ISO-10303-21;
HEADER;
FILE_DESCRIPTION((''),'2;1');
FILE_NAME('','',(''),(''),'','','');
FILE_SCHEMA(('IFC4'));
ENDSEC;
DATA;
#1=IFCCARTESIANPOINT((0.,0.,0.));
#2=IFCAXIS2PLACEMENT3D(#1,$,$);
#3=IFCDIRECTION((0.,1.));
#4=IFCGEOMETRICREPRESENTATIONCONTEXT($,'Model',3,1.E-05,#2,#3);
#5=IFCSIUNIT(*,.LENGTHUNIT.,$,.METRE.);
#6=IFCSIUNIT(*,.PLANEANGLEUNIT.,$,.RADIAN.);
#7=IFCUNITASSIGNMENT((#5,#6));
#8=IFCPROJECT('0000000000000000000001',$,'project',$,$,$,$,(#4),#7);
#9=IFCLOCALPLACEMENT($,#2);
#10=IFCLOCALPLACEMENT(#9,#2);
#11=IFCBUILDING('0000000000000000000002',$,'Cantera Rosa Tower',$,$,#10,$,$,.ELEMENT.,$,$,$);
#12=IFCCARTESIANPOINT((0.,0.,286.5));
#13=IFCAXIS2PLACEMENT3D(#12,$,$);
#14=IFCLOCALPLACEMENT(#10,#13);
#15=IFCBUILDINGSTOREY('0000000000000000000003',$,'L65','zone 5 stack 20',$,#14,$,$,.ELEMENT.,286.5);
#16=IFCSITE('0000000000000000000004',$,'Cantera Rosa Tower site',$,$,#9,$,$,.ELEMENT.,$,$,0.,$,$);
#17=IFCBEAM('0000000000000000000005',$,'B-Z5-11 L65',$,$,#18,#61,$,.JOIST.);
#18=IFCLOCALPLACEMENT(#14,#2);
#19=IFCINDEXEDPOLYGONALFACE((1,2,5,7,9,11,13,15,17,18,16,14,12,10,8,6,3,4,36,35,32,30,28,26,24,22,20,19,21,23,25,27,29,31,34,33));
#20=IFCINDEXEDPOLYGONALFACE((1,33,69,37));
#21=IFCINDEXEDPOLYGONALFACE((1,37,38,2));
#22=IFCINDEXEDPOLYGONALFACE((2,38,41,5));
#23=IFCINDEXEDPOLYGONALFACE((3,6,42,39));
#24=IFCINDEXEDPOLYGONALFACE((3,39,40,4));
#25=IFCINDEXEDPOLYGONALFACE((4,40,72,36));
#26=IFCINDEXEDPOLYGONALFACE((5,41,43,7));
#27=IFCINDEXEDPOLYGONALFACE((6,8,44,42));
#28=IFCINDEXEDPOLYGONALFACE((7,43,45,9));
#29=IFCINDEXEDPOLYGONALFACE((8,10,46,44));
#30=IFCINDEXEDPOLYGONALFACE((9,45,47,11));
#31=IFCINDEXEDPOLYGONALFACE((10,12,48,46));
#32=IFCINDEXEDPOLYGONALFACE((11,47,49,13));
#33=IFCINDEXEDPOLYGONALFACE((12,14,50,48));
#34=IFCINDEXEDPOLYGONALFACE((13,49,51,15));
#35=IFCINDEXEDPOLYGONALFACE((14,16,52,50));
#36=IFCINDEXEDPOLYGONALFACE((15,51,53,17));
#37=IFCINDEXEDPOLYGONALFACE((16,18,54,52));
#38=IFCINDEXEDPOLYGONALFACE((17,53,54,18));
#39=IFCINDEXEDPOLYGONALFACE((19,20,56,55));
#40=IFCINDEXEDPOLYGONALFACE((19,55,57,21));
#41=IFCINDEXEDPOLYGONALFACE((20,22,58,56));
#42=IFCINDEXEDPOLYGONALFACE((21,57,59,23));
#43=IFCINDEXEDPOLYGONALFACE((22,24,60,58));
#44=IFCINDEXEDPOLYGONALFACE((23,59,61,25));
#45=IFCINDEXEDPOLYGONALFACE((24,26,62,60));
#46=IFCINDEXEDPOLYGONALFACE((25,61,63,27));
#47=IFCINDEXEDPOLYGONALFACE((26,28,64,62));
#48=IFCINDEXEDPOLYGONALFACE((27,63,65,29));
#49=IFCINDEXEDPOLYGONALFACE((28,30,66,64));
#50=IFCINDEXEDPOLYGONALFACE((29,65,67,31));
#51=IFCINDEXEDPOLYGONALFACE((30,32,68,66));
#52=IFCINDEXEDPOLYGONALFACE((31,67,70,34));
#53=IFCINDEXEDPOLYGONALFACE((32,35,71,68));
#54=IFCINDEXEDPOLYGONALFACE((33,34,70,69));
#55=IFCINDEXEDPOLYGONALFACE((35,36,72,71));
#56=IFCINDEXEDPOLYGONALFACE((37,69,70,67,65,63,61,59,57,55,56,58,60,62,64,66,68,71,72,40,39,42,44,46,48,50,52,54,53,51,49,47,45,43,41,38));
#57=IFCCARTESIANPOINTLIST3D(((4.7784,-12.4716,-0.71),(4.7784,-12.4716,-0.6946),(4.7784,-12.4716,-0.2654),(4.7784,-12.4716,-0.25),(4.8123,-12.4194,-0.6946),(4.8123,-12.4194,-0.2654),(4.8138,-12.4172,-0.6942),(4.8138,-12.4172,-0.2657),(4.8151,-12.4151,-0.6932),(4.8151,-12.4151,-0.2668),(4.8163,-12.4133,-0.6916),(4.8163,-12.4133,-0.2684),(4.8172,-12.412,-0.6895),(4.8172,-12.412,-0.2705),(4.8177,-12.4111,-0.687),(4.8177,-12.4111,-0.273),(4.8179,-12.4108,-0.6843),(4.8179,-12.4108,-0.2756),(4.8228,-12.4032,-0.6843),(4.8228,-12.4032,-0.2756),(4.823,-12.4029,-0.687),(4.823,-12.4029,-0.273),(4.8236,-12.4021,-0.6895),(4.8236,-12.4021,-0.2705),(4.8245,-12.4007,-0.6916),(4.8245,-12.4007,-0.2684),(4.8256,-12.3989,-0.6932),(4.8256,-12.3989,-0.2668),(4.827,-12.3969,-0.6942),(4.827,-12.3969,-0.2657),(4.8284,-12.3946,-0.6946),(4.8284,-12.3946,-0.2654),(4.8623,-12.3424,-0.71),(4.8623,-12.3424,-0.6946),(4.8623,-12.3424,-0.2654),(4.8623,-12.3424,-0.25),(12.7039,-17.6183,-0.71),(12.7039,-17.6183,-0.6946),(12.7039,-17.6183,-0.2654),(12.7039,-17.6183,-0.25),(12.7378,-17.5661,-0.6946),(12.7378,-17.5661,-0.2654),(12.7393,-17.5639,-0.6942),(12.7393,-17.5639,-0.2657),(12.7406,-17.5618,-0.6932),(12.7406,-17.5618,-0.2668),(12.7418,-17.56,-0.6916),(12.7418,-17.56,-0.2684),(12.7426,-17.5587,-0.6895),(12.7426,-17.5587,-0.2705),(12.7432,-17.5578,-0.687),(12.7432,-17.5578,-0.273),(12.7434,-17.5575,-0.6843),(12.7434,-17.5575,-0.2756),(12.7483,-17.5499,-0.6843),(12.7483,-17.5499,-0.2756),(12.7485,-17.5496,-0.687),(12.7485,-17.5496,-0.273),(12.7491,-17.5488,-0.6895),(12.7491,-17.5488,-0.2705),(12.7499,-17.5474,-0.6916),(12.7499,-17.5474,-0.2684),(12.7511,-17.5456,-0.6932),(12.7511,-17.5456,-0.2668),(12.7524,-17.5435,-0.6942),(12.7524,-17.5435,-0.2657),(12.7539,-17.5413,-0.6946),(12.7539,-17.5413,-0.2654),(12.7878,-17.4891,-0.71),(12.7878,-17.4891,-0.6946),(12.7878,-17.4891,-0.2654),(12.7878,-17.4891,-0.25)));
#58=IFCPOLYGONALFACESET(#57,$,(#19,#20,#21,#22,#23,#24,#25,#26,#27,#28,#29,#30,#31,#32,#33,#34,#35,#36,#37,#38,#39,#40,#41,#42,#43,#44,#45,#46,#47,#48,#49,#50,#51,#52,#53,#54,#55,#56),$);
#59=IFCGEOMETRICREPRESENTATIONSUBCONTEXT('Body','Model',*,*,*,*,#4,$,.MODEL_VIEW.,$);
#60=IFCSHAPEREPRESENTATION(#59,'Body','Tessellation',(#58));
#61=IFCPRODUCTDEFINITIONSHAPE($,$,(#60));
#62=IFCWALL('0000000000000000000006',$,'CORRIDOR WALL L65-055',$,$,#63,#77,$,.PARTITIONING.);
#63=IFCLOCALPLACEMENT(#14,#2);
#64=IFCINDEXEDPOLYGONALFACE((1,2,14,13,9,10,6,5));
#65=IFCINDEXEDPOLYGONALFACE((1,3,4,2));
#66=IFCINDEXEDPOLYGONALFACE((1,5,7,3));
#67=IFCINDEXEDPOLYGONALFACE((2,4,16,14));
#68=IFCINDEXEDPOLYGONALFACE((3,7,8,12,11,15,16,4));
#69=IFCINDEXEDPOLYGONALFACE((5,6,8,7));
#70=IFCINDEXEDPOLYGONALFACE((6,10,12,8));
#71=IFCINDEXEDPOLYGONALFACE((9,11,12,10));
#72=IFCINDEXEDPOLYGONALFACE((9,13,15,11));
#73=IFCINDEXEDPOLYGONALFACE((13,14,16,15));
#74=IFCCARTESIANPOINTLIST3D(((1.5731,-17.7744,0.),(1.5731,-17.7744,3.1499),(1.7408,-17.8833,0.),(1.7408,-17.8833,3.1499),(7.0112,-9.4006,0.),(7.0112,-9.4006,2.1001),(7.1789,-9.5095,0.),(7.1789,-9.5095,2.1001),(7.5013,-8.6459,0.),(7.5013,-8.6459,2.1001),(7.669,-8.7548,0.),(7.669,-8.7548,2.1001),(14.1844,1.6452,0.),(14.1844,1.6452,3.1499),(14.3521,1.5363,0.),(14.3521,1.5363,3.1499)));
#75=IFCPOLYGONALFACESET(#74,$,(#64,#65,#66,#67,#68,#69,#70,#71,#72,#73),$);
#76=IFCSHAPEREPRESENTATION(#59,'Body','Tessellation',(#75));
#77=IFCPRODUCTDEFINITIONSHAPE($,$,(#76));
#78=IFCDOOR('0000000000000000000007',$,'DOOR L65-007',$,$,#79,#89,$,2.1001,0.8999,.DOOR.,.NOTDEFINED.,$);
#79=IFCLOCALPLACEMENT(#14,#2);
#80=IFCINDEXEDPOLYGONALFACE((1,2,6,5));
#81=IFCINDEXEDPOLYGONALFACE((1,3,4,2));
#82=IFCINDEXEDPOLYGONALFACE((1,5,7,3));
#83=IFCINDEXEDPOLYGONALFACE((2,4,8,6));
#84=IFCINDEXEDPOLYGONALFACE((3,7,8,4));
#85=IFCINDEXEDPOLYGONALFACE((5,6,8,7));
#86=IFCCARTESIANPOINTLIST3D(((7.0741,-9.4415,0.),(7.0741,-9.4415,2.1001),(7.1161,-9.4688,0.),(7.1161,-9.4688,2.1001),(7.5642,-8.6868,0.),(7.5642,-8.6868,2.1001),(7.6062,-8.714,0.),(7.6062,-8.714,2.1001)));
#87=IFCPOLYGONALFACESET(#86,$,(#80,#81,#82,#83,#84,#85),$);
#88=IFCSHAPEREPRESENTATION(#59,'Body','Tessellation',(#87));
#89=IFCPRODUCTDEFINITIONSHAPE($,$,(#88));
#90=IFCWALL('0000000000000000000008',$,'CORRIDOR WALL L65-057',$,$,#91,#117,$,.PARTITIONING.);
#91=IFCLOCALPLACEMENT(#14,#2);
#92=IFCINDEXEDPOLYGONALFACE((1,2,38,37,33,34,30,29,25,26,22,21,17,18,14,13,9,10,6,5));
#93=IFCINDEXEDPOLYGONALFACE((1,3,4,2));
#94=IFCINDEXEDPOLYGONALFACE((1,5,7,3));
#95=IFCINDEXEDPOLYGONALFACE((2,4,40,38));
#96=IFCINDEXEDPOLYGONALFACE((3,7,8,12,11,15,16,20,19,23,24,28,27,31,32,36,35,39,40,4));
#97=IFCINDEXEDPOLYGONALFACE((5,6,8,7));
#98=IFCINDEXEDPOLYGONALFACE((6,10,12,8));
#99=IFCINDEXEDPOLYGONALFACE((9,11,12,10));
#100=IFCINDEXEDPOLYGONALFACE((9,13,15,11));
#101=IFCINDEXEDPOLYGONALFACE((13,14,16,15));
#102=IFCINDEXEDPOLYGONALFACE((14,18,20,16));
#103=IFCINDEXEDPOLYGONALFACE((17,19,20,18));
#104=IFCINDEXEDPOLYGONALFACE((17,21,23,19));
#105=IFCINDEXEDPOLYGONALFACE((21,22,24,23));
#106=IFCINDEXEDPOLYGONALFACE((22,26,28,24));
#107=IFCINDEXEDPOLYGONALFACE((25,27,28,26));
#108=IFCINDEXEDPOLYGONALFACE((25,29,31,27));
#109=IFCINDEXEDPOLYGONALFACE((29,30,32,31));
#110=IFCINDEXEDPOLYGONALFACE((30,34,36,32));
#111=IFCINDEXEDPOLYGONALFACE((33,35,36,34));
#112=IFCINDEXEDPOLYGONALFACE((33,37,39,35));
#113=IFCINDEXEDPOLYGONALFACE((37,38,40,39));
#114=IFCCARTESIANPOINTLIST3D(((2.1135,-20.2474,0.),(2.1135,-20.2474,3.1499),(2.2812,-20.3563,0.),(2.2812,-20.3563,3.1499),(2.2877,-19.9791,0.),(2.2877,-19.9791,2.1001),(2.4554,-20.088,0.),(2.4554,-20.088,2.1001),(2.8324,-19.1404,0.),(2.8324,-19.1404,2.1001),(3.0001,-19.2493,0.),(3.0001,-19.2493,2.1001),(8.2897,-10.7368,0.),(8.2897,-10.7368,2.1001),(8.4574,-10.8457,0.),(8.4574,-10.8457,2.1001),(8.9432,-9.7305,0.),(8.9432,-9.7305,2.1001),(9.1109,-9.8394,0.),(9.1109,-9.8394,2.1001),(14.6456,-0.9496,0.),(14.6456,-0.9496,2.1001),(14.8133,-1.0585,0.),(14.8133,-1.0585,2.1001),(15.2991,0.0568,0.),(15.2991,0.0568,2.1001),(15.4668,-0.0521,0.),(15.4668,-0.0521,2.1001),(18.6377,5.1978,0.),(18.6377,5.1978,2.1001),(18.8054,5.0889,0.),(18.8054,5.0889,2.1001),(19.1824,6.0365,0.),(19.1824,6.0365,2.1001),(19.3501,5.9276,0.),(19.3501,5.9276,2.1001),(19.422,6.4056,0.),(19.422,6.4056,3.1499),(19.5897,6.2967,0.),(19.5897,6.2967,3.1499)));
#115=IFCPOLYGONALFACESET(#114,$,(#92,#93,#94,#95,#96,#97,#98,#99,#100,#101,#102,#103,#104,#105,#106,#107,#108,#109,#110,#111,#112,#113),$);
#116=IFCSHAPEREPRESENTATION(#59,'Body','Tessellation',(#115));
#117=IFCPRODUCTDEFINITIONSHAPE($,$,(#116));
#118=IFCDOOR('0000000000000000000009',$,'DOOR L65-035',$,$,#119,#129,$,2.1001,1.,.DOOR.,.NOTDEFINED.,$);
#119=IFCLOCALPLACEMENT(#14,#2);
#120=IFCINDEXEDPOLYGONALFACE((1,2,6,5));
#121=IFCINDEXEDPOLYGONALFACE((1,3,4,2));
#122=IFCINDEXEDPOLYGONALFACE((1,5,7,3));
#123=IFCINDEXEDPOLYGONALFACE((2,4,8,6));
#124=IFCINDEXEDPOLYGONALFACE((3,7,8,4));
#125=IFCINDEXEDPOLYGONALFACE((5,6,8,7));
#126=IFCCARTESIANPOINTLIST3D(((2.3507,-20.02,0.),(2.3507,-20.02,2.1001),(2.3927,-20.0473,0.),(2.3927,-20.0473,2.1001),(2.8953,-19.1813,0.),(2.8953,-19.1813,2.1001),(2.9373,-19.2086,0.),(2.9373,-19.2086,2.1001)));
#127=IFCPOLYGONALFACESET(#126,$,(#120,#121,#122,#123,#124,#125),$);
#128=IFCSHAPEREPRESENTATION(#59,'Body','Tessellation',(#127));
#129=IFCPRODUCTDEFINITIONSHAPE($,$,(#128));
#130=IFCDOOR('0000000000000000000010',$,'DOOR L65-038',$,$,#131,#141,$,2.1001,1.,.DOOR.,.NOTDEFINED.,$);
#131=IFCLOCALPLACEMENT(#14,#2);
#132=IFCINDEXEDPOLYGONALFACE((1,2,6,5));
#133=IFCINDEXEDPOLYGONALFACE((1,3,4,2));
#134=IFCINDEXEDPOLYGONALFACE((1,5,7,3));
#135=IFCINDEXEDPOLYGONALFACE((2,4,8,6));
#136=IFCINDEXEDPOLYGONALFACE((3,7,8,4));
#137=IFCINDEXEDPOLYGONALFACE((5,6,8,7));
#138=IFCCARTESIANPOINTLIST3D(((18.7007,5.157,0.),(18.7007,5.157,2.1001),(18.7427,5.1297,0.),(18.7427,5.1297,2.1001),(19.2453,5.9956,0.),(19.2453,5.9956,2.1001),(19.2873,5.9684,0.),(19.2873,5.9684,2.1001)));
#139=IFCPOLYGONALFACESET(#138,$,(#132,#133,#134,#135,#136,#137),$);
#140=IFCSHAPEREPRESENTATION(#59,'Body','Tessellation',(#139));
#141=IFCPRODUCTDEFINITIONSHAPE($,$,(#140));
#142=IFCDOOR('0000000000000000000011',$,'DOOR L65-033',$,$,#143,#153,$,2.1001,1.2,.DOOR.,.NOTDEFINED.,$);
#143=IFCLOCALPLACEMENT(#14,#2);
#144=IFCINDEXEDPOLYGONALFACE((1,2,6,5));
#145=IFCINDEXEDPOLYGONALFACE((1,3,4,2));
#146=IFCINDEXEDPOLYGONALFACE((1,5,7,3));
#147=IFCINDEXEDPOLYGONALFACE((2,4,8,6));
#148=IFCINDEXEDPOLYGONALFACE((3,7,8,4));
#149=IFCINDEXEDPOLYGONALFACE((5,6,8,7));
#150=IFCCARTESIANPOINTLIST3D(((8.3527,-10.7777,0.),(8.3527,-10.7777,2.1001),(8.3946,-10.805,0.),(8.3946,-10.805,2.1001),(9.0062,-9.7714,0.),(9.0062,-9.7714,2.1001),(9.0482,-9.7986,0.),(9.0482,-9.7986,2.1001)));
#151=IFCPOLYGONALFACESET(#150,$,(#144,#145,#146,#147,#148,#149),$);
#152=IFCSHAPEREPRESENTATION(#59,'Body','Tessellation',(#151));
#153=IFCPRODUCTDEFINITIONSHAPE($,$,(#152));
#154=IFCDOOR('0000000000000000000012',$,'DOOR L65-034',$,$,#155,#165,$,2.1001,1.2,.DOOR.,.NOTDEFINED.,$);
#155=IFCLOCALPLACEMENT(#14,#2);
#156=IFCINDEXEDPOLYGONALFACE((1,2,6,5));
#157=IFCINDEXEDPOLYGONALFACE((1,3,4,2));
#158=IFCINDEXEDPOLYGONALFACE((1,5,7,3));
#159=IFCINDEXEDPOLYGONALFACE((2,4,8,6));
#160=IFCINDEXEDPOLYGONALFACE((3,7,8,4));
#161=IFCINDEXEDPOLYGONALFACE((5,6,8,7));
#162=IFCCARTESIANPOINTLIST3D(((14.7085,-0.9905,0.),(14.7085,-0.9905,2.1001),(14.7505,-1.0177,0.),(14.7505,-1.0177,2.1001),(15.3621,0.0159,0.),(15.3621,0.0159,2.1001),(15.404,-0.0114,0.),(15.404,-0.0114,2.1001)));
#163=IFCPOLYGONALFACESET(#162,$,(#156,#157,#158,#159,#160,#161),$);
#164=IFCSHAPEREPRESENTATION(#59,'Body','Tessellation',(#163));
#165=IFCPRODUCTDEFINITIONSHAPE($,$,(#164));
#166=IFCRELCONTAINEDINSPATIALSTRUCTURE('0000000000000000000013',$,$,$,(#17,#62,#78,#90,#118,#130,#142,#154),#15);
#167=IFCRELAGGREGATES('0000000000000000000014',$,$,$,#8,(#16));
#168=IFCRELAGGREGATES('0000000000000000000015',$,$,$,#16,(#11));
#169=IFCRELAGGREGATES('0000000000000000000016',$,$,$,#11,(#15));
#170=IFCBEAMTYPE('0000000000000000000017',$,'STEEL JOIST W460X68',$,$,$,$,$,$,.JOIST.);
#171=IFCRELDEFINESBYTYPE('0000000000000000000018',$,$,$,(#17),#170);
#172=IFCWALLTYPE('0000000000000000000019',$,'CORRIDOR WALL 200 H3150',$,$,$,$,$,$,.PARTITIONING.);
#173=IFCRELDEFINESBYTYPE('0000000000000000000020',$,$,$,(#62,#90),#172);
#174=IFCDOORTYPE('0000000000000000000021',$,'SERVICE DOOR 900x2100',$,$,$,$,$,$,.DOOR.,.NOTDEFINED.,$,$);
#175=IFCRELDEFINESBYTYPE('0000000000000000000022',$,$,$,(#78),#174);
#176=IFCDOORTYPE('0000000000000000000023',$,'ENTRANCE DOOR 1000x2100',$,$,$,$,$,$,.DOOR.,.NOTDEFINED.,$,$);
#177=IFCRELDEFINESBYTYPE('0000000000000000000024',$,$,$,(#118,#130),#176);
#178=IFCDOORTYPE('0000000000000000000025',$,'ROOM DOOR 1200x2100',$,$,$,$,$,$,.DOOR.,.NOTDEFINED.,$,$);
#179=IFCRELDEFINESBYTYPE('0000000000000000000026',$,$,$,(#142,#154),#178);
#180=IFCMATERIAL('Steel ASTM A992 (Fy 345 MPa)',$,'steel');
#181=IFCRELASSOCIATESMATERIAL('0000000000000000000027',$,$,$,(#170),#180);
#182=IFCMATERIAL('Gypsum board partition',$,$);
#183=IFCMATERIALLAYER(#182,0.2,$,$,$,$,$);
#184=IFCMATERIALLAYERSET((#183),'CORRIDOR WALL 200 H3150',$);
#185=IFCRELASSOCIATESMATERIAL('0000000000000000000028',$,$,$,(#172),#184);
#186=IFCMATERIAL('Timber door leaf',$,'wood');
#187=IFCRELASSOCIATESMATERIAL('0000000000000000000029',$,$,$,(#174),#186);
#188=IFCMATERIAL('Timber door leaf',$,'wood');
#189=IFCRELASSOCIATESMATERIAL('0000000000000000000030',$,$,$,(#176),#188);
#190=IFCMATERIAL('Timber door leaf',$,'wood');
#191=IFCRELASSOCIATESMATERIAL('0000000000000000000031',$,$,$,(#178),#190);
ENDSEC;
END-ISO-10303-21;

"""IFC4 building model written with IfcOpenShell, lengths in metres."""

from ifc_helpers import new_model, si_unit, direction, frame, frame_2d, origin, origin_2d, place, context, subcontext, project, spatial, rectangle, i_section, extrude, material, layer, layer_set, material_profile, profile_set, type_object, element, fill, save


model = new_model("IFC4")

# Units and contexts
model_context = context("Model", 3, precision=1e-05, world=origin(), true_north=direction((0.0, 1.0)))
body_context = subcontext(model_context, "Body", "Model", "MODEL_VIEW")
ifc_project = project(units=[si_unit("LENGTHUNIT", "METRE"), si_unit("PLANEANGLEUNIT", "RADIAN")], contexts=[model_context])

# Site, building, storey
site_placement = place(None, origin())
site = spatial("IfcSite", under=ifc_project, at=site_placement, Name="Cantera Rosa Tower site", CompositionType="ELEMENT", RefElevation=0.0)
building_placement = place(site_placement, origin())
building = spatial("IfcBuilding", under=site, at=building_placement, Name="Cantera Rosa Tower", CompositionType="ELEMENT")
storey_placement = place(building_placement, frame((0.0, 0.0, 286.5)))
storey = spatial("IfcBuildingStorey", under=building, at=storey_placement, Name="L65", Description="zone 5 stack 20", CompositionType="ELEMENT", Elevation=286.5)

# Beam
ifc_material_1 = material(Name="Steel ASTM A992 (Fy 345 MPa)", Category="steel")
ifc_material_profile_1 = material_profile(ifc_material_1, i_section(OverallWidth=0.1541, OverallDepth=0.46, WebThickness=0.009, FlangeThickness=0.0154, FilletRadius=0.0103, at=origin_2d()), Name="W460X68")
ifc_profile_set_1 = profile_set([ifc_material_profile_1], Name="Steel ASTM A992 (Fy 345 MPa)")
beam_type_1 = type_object("IfcBeamType", Name="STEEL JOIST W460X68", PredefinedType="JOIST", material=ifc_profile_set_1)
beam_1_placement = place(storey_placement, frame((12.7458, -17.5537, -0.48), z_axis=(-0.838679, 0.544626, 0.0), x_axis=(-0.544626, -0.838679, 0.0)))
element("IfcBeam", 1, at=beam_1_placement, inside=storey, type_object=beam_type_1, Name="B-Z5-11 L65", PredefinedType="JOIST", context=body_context, shape_type="SweptSolid", body=[
    extrude(i_section(OverallWidth=0.1541, OverallDepth=0.46, WebThickness=0.009, FlangeThickness=0.0154, FilletRadius=0.0103, at=origin_2d()), origin(), (0.0, 0.0, 1.0), 9.45),
])

# Wall, opening, door
ifc_material_2 = material(Name="Gypsum board partition")
ifc_layer_1 = layer(ifc_material_2, 0.2)
ifc_layer_set_1 = layer_set([ifc_layer_1], Name="CORRIDOR WALL 200 H3150")
wall_type_1 = type_object("IfcWallType", Name="CORRIDOR WALL 200 H3150", PredefinedType="PARTITIONING", material=ifc_layer_set_1)
wall_1_placement = place(storey_placement, frame((1.657, -17.8289, 0.0), z_axis=(0.0, 0.0, 1.0), x_axis=(0.54464, 0.83867, 0.0)))
wall_1 = element("IfcWall", 2, at=wall_1_placement, inside=storey, type_object=wall_type_1, Name="CORRIDOR WALL L65-055", PredefinedType="PARTITIONING", context=body_context, shape_type="SweptSolid", body=[
    extrude(rectangle(XDim=23.1553, YDim=0.2, at=frame_2d((11.5776, 0.0))), origin(), (0.0, 0.0, 1.0), 3.1499),
])
opening_1_placement = place(wall_1_placement, frame((9.9846, 0.0, 0.0)))
opening_1 = element("IfcOpeningElement", 3, at=opening_1_placement, cuts=wall_1, PredefinedType="OPENING", context=body_context, shape_type="SweptSolid", body=[
    extrude(rectangle(XDim=0.8999, YDim=2.1001, at=frame_2d((0.45, 1.05))), frame((0.0, 0.1099, 0.0), z_axis=(0.0, -1.0, 0.0), x_axis=(1.0, 0.0, 0.0)), (0.0, 0.0, 1.0), 0.22),
])
ifc_material_3 = material(Name="Timber door leaf", Category="wood")
door_type_1 = type_object("IfcDoorType", Name="SERVICE DOOR 900x2100", OperationType="NOTDEFINED", PredefinedType="DOOR", material=ifc_material_3)
door_1_placement = place(opening_1_placement, origin())
door_1 = element("IfcDoor", 4, at=door_1_placement, inside=storey, type_object=door_type_1, Name="DOOR L65-007", OperationType="NOTDEFINED", OverallHeight=2.1001, OverallWidth=0.8999, PredefinedType="DOOR", context=body_context, shape_type="SweptSolid", body=[
    extrude(rectangle(XDim=0.8999, YDim=2.1001, at=frame_2d((0.45, 1.05))), frame((0.0, 0.0249, 0.0), z_axis=(0.0, -1.0, 0.0), x_axis=(1.0, 0.0, 0.0)), (0.0, 0.0, 1.0), 0.05),
])
fill(opening_1, door_1)

# Wall, openings, doors
wall_2_placement = place(storey_placement, frame((2.1973, -20.302, 0.0), z_axis=(0.0, 0.0, 1.0), x_axis=(0.544636, 0.838672, 0.0)))
wall_2 = element("IfcWall", 5, at=wall_2_placement, inside=storey, type_object=wall_type_1, Name="CORRIDOR WALL L65-057", PredefinedType="PARTITIONING", context=body_context, shape_type="SweptSolid", body=[
    extrude(rectangle(XDim=31.78, YDim=0.2, at=frame_2d((15.8901, 0.0))), origin(), (0.0, 0.0, 1.0), 3.1499),
])
opening_2_placement = place(wall_2_placement, frame((11.3401, 0.0, 0.0)))
opening_2 = element("IfcOpeningElement", 6, at=opening_2_placement, cuts=wall_2, PredefinedType="OPENING", context=body_context, shape_type="SweptSolid", body=[
    extrude(rectangle(XDim=1.2, YDim=2.1001, at=frame_2d((0.6001, 1.05))), frame((0.0, 0.1099, 0.0), z_axis=(0.0, -1.0, 0.0), x_axis=(1.0, 0.0, 0.0)), (0.0, 0.0, 1.0), 0.22),
])
opening_3_placement = place(wall_2_placement, frame((23.01, 0.0, 0.0)))
opening_3 = element("IfcOpeningElement", 7, at=opening_3_placement, cuts=wall_2, PredefinedType="OPENING", context=body_context, shape_type="SweptSolid", body=[
    extrude(rectangle(XDim=1.2, YDim=2.1001, at=frame_2d((0.6001, 1.05))), frame((0.0, 0.1099, 0.0), z_axis=(0.0, -1.0, 0.0), x_axis=(1.0, 0.0, 0.0)), (0.0, 0.0, 1.0), 0.22),
])
opening_4_placement = place(wall_2_placement, frame((0.3201, 0.0, 0.0)))
opening_4 = element("IfcOpeningElement", 8, at=opening_4_placement, cuts=wall_2, PredefinedType="OPENING", context=body_context, shape_type="SweptSolid", body=[
    extrude(rectangle(XDim=1.0, YDim=2.1001, at=frame_2d((0.5, 1.05))), frame((0.0, 0.1099, 0.0), z_axis=(0.0, -1.0, 0.0), x_axis=(1.0, 0.0, 0.0)), (0.0, 0.0, 1.0), 0.22),
])
opening_5_placement = place(wall_2_placement, frame((30.3401, 0.0, 0.0)))
opening_5 = element("IfcOpeningElement", 9, at=opening_5_placement, cuts=wall_2, PredefinedType="OPENING", context=body_context, shape_type="SweptSolid", body=[
    extrude(rectangle(XDim=1.0, YDim=2.1001, at=frame_2d((0.5, 1.05))), frame((0.0, 0.1099, 0.0), z_axis=(0.0, -1.0, 0.0), x_axis=(1.0, 0.0, 0.0)), (0.0, 0.0, 1.0), 0.22),
])
ifc_material_4 = material(Name="Timber door leaf", Category="wood")
door_type_2 = type_object("IfcDoorType", Name="ENTRANCE DOOR 1000x2100", OperationType="NOTDEFINED", PredefinedType="DOOR", material=ifc_material_4)
door_2_placement = place(opening_4_placement, origin())
door_2 = element("IfcDoor", 10, at=door_2_placement, inside=storey, type_object=door_type_2, Name="DOOR L65-035", OperationType="NOTDEFINED", OverallHeight=2.1001, OverallWidth=1.0, PredefinedType="DOOR", context=body_context, shape_type="SweptSolid", body=[
    extrude(rectangle(XDim=1.0, YDim=2.1001, at=frame_2d((0.5, 1.05))), frame((0.0, 0.0249, 0.0), z_axis=(0.0, -1.0, 0.0), x_axis=(1.0, 0.0, 0.0)), (0.0, 0.0, 1.0), 0.05),
])
fill(opening_4, door_2)
door_3_placement = place(opening_5_placement, origin())
door_3 = element("IfcDoor", 11, at=door_3_placement, inside=storey, type_object=door_type_2, Name="DOOR L65-038", OperationType="NOTDEFINED", OverallHeight=2.1001, OverallWidth=1.0, PredefinedType="DOOR", context=body_context, shape_type="SweptSolid", body=[
    extrude(rectangle(XDim=1.0, YDim=2.1001, at=frame_2d((0.5, 1.05))), frame((0.0, 0.0249, 0.0), z_axis=(0.0, -1.0, 0.0), x_axis=(1.0, 0.0, 0.0)), (0.0, 0.0, 1.0), 0.05),
])
fill(opening_5, door_3)
ifc_material_5 = material(Name="Timber door leaf", Category="wood")
door_type_3 = type_object("IfcDoorType", Name="ROOM DOOR 1200x2100", OperationType="NOTDEFINED", PredefinedType="DOOR", material=ifc_material_5)
door_4_placement = place(opening_2_placement, origin())
door_4 = element("IfcDoor", 12, at=door_4_placement, inside=storey, type_object=door_type_3, Name="DOOR L65-033", OperationType="NOTDEFINED", OverallHeight=2.1001, OverallWidth=1.2, PredefinedType="DOOR", context=body_context, shape_type="SweptSolid", body=[
    extrude(rectangle(XDim=1.2, YDim=2.1001, at=frame_2d((0.6001, 1.05))), frame((0.0, 0.0249, 0.0), z_axis=(0.0, -1.0, 0.0), x_axis=(1.0, 0.0, 0.0)), (0.0, 0.0, 1.0), 0.05),
])
fill(opening_2, door_4)
door_5_placement = place(opening_3_placement, origin())
door_5 = element("IfcDoor", 13, at=door_5_placement, inside=storey, type_object=door_type_3, Name="DOOR L65-034", OperationType="NOTDEFINED", OverallHeight=2.1001, OverallWidth=1.2, PredefinedType="DOOR", context=body_context, shape_type="SweptSolid", body=[
    extrude(rectangle(XDim=1.2, YDim=2.1001, at=frame_2d((0.6001, 1.05))), frame((0.0, 0.0249, 0.0), z_axis=(0.0, -1.0, 0.0), x_axis=(1.0, 0.0, 0.0)), (0.0, 0.0, 1.0), 0.05),
])
fill(opening_3, door_5)

save(model, "model.ifc")
